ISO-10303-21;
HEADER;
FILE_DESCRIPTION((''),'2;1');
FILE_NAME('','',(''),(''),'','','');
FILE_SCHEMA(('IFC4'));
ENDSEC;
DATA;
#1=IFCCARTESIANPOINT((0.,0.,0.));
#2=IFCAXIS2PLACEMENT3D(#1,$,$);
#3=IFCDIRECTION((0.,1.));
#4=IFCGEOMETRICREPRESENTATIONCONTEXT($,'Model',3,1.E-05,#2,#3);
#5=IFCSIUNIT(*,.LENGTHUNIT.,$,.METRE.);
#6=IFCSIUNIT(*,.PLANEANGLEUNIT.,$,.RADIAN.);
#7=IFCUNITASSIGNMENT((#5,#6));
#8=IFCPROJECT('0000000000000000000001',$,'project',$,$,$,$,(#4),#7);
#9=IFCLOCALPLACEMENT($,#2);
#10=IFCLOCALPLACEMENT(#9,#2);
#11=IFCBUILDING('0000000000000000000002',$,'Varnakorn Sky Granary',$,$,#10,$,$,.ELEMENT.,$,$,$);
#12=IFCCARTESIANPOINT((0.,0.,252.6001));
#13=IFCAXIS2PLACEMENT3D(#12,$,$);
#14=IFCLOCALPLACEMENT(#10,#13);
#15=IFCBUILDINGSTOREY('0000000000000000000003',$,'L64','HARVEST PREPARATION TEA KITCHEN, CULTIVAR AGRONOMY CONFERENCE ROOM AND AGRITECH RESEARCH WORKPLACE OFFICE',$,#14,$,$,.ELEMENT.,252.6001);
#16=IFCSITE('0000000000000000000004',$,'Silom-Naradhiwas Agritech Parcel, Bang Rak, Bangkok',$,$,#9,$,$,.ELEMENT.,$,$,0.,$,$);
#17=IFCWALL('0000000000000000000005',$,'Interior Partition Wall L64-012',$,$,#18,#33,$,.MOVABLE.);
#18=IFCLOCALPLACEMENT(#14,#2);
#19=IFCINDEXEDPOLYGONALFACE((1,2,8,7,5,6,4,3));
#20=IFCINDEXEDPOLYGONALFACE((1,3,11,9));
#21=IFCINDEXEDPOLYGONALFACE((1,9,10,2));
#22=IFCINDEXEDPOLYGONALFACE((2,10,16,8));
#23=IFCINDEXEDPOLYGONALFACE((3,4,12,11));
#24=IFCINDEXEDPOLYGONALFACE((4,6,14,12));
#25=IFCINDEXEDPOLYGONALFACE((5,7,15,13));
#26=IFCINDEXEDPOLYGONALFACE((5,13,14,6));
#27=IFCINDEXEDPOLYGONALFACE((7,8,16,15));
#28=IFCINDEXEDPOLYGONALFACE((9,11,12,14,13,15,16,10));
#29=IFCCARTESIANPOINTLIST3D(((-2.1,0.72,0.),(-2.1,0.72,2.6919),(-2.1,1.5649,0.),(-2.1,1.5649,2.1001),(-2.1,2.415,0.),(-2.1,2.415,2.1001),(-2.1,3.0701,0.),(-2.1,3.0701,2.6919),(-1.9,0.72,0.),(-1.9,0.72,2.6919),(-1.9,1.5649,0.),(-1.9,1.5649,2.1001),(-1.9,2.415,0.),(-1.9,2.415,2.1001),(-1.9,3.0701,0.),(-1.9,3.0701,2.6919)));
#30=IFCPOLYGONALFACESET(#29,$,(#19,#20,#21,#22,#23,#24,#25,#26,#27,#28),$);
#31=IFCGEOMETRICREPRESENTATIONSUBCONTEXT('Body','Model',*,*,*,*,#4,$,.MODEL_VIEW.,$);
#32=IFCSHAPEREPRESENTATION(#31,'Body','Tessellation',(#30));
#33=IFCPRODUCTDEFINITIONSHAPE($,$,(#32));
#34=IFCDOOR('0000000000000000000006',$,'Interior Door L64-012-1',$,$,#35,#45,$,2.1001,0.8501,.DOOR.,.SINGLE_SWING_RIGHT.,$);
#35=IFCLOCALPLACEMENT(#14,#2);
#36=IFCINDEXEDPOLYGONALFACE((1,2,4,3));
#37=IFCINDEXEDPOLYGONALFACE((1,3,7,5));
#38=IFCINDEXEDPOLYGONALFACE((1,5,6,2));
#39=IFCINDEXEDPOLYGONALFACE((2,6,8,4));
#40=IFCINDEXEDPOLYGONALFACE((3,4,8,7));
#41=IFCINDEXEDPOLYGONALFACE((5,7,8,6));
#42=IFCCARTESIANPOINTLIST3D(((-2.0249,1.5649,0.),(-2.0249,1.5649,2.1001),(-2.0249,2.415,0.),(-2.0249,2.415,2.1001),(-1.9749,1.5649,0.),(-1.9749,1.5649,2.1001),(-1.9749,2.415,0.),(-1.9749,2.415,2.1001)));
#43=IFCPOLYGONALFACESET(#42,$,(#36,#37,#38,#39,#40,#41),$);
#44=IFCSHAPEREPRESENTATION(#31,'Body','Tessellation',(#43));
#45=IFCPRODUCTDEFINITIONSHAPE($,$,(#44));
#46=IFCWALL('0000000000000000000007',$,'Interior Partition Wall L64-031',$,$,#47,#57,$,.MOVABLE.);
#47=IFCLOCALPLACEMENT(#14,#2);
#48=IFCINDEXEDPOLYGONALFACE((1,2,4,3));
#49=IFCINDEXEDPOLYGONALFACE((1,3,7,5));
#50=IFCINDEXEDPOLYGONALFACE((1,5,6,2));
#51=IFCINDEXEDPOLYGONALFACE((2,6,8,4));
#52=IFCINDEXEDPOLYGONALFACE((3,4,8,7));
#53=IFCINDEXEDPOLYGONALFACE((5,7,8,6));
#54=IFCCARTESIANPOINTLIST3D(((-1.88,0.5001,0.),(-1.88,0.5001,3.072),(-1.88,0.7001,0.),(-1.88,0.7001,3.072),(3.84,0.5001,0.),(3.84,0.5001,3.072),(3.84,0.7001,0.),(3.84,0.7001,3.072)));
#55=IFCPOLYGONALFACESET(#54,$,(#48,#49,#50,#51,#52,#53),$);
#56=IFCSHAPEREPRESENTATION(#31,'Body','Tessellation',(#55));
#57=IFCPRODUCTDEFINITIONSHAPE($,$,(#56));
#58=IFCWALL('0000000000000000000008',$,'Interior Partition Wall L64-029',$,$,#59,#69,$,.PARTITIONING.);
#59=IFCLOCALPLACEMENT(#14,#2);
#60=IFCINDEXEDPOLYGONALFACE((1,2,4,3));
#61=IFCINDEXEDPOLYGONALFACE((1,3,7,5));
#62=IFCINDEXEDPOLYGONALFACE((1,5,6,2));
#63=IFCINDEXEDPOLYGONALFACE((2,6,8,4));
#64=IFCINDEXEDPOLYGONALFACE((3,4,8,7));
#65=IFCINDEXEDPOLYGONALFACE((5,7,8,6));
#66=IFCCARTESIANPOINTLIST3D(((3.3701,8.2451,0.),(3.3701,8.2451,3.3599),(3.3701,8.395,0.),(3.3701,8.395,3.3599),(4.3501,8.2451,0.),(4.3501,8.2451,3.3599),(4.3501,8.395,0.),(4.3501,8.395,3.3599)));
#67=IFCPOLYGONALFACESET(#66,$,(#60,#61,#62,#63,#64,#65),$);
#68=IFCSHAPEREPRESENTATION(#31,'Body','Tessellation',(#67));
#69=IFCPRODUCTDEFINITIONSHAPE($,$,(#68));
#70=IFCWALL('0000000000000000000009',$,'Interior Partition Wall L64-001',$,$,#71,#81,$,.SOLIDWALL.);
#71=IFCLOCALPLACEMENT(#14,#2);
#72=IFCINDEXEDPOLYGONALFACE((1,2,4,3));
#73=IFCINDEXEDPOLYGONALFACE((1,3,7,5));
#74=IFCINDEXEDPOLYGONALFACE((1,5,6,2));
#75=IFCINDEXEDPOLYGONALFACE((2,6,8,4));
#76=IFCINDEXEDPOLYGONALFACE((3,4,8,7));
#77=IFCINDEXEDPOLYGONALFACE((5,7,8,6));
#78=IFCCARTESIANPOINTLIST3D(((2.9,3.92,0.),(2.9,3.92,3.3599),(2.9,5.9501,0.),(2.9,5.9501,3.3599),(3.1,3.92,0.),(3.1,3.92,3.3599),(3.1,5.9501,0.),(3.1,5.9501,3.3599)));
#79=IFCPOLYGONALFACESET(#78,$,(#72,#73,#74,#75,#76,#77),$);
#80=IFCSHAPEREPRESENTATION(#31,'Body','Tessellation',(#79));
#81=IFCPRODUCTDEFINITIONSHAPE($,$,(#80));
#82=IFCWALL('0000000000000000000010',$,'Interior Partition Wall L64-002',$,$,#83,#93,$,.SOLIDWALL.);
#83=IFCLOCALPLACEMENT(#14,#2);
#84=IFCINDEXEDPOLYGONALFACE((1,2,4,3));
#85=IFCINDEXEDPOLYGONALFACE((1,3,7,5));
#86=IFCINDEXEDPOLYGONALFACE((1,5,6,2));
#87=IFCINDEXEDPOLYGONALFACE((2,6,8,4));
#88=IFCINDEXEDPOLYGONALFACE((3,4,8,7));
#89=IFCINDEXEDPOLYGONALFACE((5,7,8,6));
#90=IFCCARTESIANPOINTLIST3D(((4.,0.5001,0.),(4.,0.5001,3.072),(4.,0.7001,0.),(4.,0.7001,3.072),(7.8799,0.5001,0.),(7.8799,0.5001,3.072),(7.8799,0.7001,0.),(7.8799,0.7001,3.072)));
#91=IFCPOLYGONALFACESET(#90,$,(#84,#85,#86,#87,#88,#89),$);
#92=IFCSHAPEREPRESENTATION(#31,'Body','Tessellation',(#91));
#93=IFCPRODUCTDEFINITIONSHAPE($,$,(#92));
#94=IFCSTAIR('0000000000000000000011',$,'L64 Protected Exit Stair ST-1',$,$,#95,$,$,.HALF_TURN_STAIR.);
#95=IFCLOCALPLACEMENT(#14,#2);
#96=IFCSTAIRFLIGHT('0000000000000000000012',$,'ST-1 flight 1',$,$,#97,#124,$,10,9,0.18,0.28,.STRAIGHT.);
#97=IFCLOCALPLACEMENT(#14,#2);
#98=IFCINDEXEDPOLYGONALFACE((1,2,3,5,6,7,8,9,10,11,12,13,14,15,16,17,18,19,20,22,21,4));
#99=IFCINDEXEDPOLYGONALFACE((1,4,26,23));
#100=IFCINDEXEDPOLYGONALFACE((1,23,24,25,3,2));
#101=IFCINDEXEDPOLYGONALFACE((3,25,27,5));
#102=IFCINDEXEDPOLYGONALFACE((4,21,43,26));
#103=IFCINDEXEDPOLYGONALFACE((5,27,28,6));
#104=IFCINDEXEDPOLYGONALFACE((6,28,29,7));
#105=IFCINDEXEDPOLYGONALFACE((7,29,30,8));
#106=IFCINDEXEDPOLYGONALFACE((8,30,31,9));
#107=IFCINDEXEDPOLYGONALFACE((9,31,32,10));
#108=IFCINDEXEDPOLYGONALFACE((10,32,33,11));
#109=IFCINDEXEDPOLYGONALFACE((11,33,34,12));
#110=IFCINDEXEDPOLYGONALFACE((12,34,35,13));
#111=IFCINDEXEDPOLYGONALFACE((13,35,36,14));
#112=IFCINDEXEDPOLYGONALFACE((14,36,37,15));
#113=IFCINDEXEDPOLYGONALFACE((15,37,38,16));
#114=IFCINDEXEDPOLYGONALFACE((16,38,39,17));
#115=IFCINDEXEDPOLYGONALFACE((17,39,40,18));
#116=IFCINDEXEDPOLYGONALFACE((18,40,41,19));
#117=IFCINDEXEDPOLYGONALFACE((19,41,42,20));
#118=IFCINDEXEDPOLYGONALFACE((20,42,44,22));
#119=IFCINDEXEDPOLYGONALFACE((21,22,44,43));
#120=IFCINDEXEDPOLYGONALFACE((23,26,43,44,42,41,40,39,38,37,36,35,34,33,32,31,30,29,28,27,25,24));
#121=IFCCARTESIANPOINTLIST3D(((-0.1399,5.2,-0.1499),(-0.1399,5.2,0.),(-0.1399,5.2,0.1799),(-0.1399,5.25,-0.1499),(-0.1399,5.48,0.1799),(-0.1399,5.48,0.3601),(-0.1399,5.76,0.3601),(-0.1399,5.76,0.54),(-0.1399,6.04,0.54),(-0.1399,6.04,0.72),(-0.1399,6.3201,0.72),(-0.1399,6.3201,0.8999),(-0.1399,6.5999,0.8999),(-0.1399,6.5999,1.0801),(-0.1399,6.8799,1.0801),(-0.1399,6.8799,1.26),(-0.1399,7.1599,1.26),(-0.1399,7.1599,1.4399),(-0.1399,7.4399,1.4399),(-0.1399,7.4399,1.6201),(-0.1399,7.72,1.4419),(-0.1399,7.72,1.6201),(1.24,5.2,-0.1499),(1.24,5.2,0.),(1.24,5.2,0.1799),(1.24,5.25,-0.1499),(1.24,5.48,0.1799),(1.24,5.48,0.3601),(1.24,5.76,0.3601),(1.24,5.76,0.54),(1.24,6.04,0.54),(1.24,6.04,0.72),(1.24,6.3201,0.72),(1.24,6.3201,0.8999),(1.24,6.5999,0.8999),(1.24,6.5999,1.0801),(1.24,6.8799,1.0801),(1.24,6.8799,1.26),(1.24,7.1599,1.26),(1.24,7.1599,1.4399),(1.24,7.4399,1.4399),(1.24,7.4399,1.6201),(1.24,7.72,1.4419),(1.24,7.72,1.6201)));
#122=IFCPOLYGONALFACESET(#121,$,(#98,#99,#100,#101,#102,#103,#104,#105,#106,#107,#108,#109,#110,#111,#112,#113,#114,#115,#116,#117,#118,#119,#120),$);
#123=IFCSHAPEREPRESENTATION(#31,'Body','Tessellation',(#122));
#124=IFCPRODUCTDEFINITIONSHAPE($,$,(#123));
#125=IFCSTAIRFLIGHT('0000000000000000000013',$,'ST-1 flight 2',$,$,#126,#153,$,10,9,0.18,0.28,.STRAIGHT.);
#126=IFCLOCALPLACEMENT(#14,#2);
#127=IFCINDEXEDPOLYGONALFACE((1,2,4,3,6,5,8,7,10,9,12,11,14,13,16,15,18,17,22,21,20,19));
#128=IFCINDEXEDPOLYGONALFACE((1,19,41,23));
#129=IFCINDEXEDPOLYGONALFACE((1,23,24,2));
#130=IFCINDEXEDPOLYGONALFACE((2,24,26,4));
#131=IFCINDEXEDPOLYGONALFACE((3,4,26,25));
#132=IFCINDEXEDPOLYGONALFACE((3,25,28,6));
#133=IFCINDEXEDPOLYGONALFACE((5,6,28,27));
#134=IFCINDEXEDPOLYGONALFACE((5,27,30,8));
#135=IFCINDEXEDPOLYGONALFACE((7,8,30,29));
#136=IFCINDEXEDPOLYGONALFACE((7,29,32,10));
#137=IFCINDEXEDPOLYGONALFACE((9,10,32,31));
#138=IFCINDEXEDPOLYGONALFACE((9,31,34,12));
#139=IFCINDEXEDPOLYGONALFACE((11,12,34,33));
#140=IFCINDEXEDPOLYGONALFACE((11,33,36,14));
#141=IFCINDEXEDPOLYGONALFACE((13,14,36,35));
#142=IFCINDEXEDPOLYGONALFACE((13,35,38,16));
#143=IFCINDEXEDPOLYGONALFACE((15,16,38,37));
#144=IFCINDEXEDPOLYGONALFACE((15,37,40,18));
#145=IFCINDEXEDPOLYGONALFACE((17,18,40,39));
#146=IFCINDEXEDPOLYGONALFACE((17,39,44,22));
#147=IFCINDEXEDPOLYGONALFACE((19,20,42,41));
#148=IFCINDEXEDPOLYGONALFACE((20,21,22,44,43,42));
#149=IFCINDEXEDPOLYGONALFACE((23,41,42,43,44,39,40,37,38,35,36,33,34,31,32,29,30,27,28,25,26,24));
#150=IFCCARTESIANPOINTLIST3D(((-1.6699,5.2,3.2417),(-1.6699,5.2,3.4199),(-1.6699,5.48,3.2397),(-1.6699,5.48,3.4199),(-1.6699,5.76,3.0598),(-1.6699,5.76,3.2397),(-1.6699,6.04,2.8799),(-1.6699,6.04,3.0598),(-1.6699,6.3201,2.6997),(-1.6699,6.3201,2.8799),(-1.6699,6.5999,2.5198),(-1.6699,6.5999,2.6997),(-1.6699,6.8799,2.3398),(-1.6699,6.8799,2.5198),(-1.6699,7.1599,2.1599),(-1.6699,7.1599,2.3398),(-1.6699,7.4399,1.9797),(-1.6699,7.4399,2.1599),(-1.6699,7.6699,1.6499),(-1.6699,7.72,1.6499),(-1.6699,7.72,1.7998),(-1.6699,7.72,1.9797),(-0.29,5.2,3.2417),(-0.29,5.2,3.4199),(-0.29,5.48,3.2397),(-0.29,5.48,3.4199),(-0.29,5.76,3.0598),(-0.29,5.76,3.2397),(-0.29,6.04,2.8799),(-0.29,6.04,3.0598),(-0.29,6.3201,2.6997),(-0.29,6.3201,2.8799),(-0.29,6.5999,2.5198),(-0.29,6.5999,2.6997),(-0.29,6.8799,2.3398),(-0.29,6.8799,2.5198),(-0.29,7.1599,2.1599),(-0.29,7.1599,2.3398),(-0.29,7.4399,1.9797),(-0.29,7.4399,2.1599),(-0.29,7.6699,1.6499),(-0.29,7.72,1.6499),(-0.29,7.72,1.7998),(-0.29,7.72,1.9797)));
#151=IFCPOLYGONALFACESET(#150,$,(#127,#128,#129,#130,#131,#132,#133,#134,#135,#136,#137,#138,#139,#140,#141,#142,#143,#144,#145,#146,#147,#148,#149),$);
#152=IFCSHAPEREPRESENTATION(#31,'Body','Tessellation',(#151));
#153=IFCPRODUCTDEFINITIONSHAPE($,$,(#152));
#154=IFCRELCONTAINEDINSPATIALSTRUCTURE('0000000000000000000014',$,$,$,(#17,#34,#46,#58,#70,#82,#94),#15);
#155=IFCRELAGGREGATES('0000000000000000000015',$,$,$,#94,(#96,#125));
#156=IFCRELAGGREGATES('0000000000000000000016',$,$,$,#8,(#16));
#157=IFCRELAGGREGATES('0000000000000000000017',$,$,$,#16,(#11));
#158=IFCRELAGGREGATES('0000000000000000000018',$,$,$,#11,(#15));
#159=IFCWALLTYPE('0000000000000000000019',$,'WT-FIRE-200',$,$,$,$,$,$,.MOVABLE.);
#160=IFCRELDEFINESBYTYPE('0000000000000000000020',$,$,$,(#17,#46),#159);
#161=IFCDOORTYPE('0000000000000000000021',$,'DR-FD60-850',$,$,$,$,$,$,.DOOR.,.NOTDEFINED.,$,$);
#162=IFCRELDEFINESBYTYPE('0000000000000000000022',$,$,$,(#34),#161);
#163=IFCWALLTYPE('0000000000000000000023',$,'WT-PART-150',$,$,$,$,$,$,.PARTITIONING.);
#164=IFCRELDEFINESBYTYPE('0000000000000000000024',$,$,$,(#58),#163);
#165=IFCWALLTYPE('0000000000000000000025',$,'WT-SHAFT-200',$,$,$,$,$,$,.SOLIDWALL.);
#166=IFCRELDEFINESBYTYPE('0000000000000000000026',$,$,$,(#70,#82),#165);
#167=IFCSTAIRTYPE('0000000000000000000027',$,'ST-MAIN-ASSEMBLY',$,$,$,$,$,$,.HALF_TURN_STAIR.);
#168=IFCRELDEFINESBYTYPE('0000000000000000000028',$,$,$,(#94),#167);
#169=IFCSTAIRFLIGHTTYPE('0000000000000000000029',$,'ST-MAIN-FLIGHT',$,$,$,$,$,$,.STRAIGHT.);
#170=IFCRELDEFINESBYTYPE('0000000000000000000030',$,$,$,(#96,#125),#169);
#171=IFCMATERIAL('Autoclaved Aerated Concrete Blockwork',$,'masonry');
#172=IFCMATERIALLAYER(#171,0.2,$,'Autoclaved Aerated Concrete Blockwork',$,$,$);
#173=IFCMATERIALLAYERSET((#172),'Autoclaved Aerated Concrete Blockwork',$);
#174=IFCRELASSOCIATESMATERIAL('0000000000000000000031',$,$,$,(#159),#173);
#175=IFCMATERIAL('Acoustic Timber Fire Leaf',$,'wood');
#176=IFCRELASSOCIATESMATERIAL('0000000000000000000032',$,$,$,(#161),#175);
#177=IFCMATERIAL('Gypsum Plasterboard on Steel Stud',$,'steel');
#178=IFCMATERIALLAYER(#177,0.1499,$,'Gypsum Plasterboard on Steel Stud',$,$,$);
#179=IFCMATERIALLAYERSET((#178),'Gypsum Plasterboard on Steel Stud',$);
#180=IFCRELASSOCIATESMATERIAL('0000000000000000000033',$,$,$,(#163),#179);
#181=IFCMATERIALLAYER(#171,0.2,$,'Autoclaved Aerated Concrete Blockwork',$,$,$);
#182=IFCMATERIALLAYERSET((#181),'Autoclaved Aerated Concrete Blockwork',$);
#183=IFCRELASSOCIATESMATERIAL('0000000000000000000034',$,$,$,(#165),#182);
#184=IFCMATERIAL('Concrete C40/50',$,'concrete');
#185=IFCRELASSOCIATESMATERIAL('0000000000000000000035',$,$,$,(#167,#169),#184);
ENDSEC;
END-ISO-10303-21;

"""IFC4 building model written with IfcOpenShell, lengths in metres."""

from ifc_helpers import new_model, si_unit, direction, frame, frame_2d, origin, place, context, subcontext, project, spatial, polyline, rectangle, outline, extrude, material, layer, layer_set, type_object, element, fill, aggregate, save


model = new_model("IFC4")

# Units and contexts
model_context = context("Model", 3, precision=1e-05, world=origin(), true_north=direction((0.0, 1.0)))
body_context = subcontext(model_context, "Body", "Model", "MODEL_VIEW")
ifc_project = project(units=[si_unit("LENGTHUNIT", "METRE"), si_unit("PLANEANGLEUNIT", "RADIAN")], contexts=[model_context])

# Site, building, storey
site_placement = place(None, origin())
site = spatial("IfcSite", under=ifc_project, at=site_placement, Name="Silom-Naradhiwas Agritech Parcel, Bang Rak, Bangkok", CompositionType="ELEMENT", RefElevation=0.0)
building_placement = place(site_placement, origin())
building = spatial("IfcBuilding", under=site, at=building_placement, Name="Varnakorn Sky Granary", CompositionType="ELEMENT")
storey_placement = place(building_placement, frame((0.0, 0.0, 252.6001)))
storey = spatial("IfcBuildingStorey", under=building, at=storey_placement, Name="L64", Description="HARVEST PREPARATION TEA KITCHEN, CULTIVAR AGRONOMY CONFERENCE ROOM AND AGRITECH RESEARCH WORKPLACE OFFICE", CompositionType="ELEMENT", Elevation=252.6001)

# Shared definitions
ifc_material_1 = material(Name="Autoclaved Aerated Concrete Blockwork", Category="masonry")
ifc_layer_1 = layer(ifc_material_1, 0.2, Name="Autoclaved Aerated Concrete Blockwork")
ifc_layer_set_1 = layer_set([ifc_layer_1], Name="Autoclaved Aerated Concrete Blockwork")
wall_type_1 = type_object("IfcWallType", Name="WT-FIRE-200", PredefinedType="MOVABLE", material=ifc_layer_set_1)
ifc_material_2 = material(Name="Acoustic Timber Fire Leaf", Category="wood")
door_type_1 = type_object("IfcDoorType", Name="DR-FD60-850", OperationType="NOTDEFINED", PredefinedType="DOOR", material=ifc_material_2)

# Wall, opening, door
wall_1_placement = place(storey_placement, frame((-2.0, 0.72, 0.0), z_axis=(0.0, 0.0, 1.0), x_axis=(0.0, 1.0, 0.0)))
wall_1 = element("IfcWall", 1, at=wall_1_placement, inside=storey, type_object=wall_type_1, Name="Interior Partition Wall L64-012", PredefinedType="MOVABLE", context=body_context, shape_type="SweptSolid", body=[
    extrude(rectangle(XDim=2.3501, YDim=0.2, at=frame_2d((1.175, 0.0))), origin(), (0.0, 0.0, 1.0), 2.6919),
])
opening_1_placement = place(wall_1_placement, frame((0.845, 0.0, 0.0)))
opening_1 = element("IfcOpeningElement", 2, at=opening_1_placement, cuts=wall_1, PredefinedType="OPENING", context=body_context, shape_type="SweptSolid", body=[
    extrude(rectangle(XDim=0.8501, YDim=2.1001, at=frame_2d((0.425, 1.05))), frame((0.0, 0.1099, 0.0), z_axis=(0.0, -1.0, 0.0), x_axis=(1.0, 0.0, 0.0)), (0.0, 0.0, 1.0), 0.22),
])
door_1_placement = place(opening_1_placement, origin())
door_1 = element("IfcDoor", 3, at=door_1_placement, inside=storey, type_object=door_type_1, Name="Interior Door L64-012-1", OperationType="SINGLE_SWING_RIGHT", OverallHeight=2.1001, OverallWidth=0.8501, PredefinedType="DOOR", context=body_context, shape_type="SweptSolid", body=[
    extrude(rectangle(XDim=0.8501, YDim=2.1001, at=frame_2d((0.425, 1.05))), frame((0.0, 0.0249, 0.0), z_axis=(0.0, -1.0, 0.0), x_axis=(1.0, 0.0, 0.0)), (0.0, 0.0, 1.0), 0.05),
])
fill(opening_1, door_1)

# Walls
wall_2_placement = place(storey_placement, frame((-1.8799, 0.6001, 0.0), z_axis=(0.0, 0.0, 1.0), x_axis=(1.0, 0.0, 0.0)))
element("IfcWall", 4, at=wall_2_placement, inside=storey, type_object=wall_type_1, Name="Interior Partition Wall L64-031", PredefinedType="MOVABLE", context=body_context, shape_type="SweptSolid", body=[
    extrude(rectangle(XDim=5.72, YDim=0.2, at=frame_2d((2.8599, 0.0))), origin(), (0.0, 0.0, 1.0), 3.072),
])
ifc_material_3 = material(Name="Gypsum Plasterboard on Steel Stud", Category="steel")
ifc_layer_2 = layer(ifc_material_3, 0.1499, Name="Gypsum Plasterboard on Steel Stud")
ifc_layer_set_2 = layer_set([ifc_layer_2], Name="Gypsum Plasterboard on Steel Stud")
wall_type_2 = type_object("IfcWallType", Name="WT-PART-150", PredefinedType="PARTITIONING", material=ifc_layer_set_2)
wall_3_placement = place(storey_placement, frame((3.3701, 8.3201, 0.0), z_axis=(0.0, 0.0, 1.0), x_axis=(1.0, 0.0, 0.0)))
element("IfcWall", 5, at=wall_3_placement, inside=storey, type_object=wall_type_2, Name="Interior Partition Wall L64-029", PredefinedType="PARTITIONING", context=body_context, shape_type="SweptSolid", body=[
    extrude(rectangle(XDim=0.98, YDim=0.1499, at=frame_2d((0.49, 0.0))), origin(), (0.0, 0.0, 1.0), 3.3599),
])
ifc_layer_3 = layer(ifc_material_1, 0.2, Name="Autoclaved Aerated Concrete Blockwork")
ifc_layer_set_3 = layer_set([ifc_layer_3], Name="Autoclaved Aerated Concrete Blockwork")
wall_type_3 = type_object("IfcWallType", Name="WT-SHAFT-200", PredefinedType="SOLIDWALL", material=ifc_layer_set_3)
wall_4_placement = place(storey_placement, frame((3.0, 3.9199, 0.0), z_axis=(0.0, 0.0, 1.0), x_axis=(0.0, 1.0, 0.0)))
element("IfcWall", 6, at=wall_4_placement, inside=storey, type_object=wall_type_3, Name="Interior Partition Wall L64-001", PredefinedType="SOLIDWALL", context=body_context, shape_type="SweptSolid", body=[
    extrude(rectangle(XDim=2.03, YDim=0.2, at=frame_2d((1.0151, 0.0))), origin(), (0.0, 0.0, 1.0), 3.3599),
])
wall_5_placement = place(storey_placement, frame((4.0, 0.6001, 0.0), z_axis=(0.0, 0.0, 1.0), x_axis=(1.0, 0.0, 0.0)))
element("IfcWall", 7, at=wall_5_placement, inside=storey, type_object=wall_type_3, Name="Interior Partition Wall L64-002", PredefinedType="SOLIDWALL", context=body_context, shape_type="SweptSolid", body=[
    extrude(rectangle(XDim=3.8799, YDim=0.2, at=frame_2d((1.9399, 0.0))), origin(), (0.0, 0.0, 1.0), 3.072),
])

# Stair, stair flights
ifc_material_4 = material(Name="Concrete C40/50", Category="concrete")
stair_type = type_object("IfcStairType", Name="ST-MAIN-ASSEMBLY", PredefinedType="HALF_TURN_STAIR", material=ifc_material_4)
stair_placement = place(storey_placement, origin())
stair = element("IfcStair", 8, at=stair_placement, inside=storey, type_object=stair_type, Name="L64 Protected Exit Stair ST-1", PredefinedType="HALF_TURN_STAIR")
stair_flight_type = type_object("IfcStairFlightType", Name="ST-MAIN-FLIGHT", PredefinedType="STRAIGHT", material=ifc_material_4)
stair_flight_1_placement = place(storey_placement, frame((0.55, 5.2, 0.0), z_axis=(0.0, 0.0, 1.0), x_axis=(0.0, 1.0, 0.0)))
stair_flight_1 = element("IfcStairFlight", 9, at=stair_flight_1_placement, type_object=stair_flight_type, Name="ST-1 flight 1", NumberOfRisers=10, NumberOfTreads=9, PredefinedType="STRAIGHT", RiserHeight=0.18, TreadLength=0.28, context=body_context, shape_type="SweptSolid", body=[
    extrude(outline(polyline([(0.0, -0.1499), (0.0, 0.0), (0.0, 0.1799), (0.28, 0.1799), (0.28, 0.3601), (0.5601, 0.3601), (0.5601, 0.54), (0.8401, 0.54), (0.8401, 0.72), (1.1201, 0.72), (1.1201, 0.8999), (1.3999, 0.8999), (1.3999, 1.0801), (1.6799, 1.0801), (1.6799, 1.26), (1.96, 1.26), (1.96, 1.4399), (2.24, 1.4399), (2.24, 1.6201), (2.52, 1.6201), (2.52, 1.8), (2.52, 1.4419), (0.05, -0.1499), (0.0, -0.1499)])), frame((0.0, 0.6899, 0.0), z_axis=(0.0, -1.0, 0.0), x_axis=(1.0, 0.0, 0.0)), (0.0, 0.0, 1.0), 1.3799),
])
stair_flight_2_placement = place(storey_placement, frame((-0.98, 7.72, 1.7998), z_axis=(0.0, 0.0, 1.0), x_axis=(0.0, -1.0, 0.0)))
stair_flight_2 = element("IfcStairFlight", 10, at=stair_flight_2_placement, type_object=stair_flight_type, Name="ST-1 flight 2", NumberOfRisers=10, NumberOfTreads=9, PredefinedType="STRAIGHT", RiserHeight=0.18, TreadLength=0.28, context=body_context, shape_type="SweptSolid", body=[
    extrude(outline(polyline([(0.0, -0.1499), (0.0, 0.0), (0.0, 0.1799), (0.28, 0.1799), (0.28, 0.3601), (0.5601, 0.3601), (0.5601, 0.54), (0.8401, 0.54), (0.8401, 0.72), (1.1201, 0.72), (1.1201, 0.8999), (1.3999, 0.8999), (1.3999, 1.0801), (1.6799, 1.0801), (1.6799, 1.26), (1.96, 1.26), (1.96, 1.4399), (2.24, 1.4399), (2.24, 1.6201), (2.52, 1.6201), (2.52, 1.8), (2.52, 1.4419), (0.05, -0.1499), (0.0, -0.1499)])), frame((0.0, 0.6899, 0.0), z_axis=(0.0, -1.0, 0.0), x_axis=(1.0, 0.0, 0.0)), (0.0, 0.0, 1.0), 1.3799),
])
aggregate(stair, [stair_flight_1, stair_flight_2])

save(model, "model.ifc")
